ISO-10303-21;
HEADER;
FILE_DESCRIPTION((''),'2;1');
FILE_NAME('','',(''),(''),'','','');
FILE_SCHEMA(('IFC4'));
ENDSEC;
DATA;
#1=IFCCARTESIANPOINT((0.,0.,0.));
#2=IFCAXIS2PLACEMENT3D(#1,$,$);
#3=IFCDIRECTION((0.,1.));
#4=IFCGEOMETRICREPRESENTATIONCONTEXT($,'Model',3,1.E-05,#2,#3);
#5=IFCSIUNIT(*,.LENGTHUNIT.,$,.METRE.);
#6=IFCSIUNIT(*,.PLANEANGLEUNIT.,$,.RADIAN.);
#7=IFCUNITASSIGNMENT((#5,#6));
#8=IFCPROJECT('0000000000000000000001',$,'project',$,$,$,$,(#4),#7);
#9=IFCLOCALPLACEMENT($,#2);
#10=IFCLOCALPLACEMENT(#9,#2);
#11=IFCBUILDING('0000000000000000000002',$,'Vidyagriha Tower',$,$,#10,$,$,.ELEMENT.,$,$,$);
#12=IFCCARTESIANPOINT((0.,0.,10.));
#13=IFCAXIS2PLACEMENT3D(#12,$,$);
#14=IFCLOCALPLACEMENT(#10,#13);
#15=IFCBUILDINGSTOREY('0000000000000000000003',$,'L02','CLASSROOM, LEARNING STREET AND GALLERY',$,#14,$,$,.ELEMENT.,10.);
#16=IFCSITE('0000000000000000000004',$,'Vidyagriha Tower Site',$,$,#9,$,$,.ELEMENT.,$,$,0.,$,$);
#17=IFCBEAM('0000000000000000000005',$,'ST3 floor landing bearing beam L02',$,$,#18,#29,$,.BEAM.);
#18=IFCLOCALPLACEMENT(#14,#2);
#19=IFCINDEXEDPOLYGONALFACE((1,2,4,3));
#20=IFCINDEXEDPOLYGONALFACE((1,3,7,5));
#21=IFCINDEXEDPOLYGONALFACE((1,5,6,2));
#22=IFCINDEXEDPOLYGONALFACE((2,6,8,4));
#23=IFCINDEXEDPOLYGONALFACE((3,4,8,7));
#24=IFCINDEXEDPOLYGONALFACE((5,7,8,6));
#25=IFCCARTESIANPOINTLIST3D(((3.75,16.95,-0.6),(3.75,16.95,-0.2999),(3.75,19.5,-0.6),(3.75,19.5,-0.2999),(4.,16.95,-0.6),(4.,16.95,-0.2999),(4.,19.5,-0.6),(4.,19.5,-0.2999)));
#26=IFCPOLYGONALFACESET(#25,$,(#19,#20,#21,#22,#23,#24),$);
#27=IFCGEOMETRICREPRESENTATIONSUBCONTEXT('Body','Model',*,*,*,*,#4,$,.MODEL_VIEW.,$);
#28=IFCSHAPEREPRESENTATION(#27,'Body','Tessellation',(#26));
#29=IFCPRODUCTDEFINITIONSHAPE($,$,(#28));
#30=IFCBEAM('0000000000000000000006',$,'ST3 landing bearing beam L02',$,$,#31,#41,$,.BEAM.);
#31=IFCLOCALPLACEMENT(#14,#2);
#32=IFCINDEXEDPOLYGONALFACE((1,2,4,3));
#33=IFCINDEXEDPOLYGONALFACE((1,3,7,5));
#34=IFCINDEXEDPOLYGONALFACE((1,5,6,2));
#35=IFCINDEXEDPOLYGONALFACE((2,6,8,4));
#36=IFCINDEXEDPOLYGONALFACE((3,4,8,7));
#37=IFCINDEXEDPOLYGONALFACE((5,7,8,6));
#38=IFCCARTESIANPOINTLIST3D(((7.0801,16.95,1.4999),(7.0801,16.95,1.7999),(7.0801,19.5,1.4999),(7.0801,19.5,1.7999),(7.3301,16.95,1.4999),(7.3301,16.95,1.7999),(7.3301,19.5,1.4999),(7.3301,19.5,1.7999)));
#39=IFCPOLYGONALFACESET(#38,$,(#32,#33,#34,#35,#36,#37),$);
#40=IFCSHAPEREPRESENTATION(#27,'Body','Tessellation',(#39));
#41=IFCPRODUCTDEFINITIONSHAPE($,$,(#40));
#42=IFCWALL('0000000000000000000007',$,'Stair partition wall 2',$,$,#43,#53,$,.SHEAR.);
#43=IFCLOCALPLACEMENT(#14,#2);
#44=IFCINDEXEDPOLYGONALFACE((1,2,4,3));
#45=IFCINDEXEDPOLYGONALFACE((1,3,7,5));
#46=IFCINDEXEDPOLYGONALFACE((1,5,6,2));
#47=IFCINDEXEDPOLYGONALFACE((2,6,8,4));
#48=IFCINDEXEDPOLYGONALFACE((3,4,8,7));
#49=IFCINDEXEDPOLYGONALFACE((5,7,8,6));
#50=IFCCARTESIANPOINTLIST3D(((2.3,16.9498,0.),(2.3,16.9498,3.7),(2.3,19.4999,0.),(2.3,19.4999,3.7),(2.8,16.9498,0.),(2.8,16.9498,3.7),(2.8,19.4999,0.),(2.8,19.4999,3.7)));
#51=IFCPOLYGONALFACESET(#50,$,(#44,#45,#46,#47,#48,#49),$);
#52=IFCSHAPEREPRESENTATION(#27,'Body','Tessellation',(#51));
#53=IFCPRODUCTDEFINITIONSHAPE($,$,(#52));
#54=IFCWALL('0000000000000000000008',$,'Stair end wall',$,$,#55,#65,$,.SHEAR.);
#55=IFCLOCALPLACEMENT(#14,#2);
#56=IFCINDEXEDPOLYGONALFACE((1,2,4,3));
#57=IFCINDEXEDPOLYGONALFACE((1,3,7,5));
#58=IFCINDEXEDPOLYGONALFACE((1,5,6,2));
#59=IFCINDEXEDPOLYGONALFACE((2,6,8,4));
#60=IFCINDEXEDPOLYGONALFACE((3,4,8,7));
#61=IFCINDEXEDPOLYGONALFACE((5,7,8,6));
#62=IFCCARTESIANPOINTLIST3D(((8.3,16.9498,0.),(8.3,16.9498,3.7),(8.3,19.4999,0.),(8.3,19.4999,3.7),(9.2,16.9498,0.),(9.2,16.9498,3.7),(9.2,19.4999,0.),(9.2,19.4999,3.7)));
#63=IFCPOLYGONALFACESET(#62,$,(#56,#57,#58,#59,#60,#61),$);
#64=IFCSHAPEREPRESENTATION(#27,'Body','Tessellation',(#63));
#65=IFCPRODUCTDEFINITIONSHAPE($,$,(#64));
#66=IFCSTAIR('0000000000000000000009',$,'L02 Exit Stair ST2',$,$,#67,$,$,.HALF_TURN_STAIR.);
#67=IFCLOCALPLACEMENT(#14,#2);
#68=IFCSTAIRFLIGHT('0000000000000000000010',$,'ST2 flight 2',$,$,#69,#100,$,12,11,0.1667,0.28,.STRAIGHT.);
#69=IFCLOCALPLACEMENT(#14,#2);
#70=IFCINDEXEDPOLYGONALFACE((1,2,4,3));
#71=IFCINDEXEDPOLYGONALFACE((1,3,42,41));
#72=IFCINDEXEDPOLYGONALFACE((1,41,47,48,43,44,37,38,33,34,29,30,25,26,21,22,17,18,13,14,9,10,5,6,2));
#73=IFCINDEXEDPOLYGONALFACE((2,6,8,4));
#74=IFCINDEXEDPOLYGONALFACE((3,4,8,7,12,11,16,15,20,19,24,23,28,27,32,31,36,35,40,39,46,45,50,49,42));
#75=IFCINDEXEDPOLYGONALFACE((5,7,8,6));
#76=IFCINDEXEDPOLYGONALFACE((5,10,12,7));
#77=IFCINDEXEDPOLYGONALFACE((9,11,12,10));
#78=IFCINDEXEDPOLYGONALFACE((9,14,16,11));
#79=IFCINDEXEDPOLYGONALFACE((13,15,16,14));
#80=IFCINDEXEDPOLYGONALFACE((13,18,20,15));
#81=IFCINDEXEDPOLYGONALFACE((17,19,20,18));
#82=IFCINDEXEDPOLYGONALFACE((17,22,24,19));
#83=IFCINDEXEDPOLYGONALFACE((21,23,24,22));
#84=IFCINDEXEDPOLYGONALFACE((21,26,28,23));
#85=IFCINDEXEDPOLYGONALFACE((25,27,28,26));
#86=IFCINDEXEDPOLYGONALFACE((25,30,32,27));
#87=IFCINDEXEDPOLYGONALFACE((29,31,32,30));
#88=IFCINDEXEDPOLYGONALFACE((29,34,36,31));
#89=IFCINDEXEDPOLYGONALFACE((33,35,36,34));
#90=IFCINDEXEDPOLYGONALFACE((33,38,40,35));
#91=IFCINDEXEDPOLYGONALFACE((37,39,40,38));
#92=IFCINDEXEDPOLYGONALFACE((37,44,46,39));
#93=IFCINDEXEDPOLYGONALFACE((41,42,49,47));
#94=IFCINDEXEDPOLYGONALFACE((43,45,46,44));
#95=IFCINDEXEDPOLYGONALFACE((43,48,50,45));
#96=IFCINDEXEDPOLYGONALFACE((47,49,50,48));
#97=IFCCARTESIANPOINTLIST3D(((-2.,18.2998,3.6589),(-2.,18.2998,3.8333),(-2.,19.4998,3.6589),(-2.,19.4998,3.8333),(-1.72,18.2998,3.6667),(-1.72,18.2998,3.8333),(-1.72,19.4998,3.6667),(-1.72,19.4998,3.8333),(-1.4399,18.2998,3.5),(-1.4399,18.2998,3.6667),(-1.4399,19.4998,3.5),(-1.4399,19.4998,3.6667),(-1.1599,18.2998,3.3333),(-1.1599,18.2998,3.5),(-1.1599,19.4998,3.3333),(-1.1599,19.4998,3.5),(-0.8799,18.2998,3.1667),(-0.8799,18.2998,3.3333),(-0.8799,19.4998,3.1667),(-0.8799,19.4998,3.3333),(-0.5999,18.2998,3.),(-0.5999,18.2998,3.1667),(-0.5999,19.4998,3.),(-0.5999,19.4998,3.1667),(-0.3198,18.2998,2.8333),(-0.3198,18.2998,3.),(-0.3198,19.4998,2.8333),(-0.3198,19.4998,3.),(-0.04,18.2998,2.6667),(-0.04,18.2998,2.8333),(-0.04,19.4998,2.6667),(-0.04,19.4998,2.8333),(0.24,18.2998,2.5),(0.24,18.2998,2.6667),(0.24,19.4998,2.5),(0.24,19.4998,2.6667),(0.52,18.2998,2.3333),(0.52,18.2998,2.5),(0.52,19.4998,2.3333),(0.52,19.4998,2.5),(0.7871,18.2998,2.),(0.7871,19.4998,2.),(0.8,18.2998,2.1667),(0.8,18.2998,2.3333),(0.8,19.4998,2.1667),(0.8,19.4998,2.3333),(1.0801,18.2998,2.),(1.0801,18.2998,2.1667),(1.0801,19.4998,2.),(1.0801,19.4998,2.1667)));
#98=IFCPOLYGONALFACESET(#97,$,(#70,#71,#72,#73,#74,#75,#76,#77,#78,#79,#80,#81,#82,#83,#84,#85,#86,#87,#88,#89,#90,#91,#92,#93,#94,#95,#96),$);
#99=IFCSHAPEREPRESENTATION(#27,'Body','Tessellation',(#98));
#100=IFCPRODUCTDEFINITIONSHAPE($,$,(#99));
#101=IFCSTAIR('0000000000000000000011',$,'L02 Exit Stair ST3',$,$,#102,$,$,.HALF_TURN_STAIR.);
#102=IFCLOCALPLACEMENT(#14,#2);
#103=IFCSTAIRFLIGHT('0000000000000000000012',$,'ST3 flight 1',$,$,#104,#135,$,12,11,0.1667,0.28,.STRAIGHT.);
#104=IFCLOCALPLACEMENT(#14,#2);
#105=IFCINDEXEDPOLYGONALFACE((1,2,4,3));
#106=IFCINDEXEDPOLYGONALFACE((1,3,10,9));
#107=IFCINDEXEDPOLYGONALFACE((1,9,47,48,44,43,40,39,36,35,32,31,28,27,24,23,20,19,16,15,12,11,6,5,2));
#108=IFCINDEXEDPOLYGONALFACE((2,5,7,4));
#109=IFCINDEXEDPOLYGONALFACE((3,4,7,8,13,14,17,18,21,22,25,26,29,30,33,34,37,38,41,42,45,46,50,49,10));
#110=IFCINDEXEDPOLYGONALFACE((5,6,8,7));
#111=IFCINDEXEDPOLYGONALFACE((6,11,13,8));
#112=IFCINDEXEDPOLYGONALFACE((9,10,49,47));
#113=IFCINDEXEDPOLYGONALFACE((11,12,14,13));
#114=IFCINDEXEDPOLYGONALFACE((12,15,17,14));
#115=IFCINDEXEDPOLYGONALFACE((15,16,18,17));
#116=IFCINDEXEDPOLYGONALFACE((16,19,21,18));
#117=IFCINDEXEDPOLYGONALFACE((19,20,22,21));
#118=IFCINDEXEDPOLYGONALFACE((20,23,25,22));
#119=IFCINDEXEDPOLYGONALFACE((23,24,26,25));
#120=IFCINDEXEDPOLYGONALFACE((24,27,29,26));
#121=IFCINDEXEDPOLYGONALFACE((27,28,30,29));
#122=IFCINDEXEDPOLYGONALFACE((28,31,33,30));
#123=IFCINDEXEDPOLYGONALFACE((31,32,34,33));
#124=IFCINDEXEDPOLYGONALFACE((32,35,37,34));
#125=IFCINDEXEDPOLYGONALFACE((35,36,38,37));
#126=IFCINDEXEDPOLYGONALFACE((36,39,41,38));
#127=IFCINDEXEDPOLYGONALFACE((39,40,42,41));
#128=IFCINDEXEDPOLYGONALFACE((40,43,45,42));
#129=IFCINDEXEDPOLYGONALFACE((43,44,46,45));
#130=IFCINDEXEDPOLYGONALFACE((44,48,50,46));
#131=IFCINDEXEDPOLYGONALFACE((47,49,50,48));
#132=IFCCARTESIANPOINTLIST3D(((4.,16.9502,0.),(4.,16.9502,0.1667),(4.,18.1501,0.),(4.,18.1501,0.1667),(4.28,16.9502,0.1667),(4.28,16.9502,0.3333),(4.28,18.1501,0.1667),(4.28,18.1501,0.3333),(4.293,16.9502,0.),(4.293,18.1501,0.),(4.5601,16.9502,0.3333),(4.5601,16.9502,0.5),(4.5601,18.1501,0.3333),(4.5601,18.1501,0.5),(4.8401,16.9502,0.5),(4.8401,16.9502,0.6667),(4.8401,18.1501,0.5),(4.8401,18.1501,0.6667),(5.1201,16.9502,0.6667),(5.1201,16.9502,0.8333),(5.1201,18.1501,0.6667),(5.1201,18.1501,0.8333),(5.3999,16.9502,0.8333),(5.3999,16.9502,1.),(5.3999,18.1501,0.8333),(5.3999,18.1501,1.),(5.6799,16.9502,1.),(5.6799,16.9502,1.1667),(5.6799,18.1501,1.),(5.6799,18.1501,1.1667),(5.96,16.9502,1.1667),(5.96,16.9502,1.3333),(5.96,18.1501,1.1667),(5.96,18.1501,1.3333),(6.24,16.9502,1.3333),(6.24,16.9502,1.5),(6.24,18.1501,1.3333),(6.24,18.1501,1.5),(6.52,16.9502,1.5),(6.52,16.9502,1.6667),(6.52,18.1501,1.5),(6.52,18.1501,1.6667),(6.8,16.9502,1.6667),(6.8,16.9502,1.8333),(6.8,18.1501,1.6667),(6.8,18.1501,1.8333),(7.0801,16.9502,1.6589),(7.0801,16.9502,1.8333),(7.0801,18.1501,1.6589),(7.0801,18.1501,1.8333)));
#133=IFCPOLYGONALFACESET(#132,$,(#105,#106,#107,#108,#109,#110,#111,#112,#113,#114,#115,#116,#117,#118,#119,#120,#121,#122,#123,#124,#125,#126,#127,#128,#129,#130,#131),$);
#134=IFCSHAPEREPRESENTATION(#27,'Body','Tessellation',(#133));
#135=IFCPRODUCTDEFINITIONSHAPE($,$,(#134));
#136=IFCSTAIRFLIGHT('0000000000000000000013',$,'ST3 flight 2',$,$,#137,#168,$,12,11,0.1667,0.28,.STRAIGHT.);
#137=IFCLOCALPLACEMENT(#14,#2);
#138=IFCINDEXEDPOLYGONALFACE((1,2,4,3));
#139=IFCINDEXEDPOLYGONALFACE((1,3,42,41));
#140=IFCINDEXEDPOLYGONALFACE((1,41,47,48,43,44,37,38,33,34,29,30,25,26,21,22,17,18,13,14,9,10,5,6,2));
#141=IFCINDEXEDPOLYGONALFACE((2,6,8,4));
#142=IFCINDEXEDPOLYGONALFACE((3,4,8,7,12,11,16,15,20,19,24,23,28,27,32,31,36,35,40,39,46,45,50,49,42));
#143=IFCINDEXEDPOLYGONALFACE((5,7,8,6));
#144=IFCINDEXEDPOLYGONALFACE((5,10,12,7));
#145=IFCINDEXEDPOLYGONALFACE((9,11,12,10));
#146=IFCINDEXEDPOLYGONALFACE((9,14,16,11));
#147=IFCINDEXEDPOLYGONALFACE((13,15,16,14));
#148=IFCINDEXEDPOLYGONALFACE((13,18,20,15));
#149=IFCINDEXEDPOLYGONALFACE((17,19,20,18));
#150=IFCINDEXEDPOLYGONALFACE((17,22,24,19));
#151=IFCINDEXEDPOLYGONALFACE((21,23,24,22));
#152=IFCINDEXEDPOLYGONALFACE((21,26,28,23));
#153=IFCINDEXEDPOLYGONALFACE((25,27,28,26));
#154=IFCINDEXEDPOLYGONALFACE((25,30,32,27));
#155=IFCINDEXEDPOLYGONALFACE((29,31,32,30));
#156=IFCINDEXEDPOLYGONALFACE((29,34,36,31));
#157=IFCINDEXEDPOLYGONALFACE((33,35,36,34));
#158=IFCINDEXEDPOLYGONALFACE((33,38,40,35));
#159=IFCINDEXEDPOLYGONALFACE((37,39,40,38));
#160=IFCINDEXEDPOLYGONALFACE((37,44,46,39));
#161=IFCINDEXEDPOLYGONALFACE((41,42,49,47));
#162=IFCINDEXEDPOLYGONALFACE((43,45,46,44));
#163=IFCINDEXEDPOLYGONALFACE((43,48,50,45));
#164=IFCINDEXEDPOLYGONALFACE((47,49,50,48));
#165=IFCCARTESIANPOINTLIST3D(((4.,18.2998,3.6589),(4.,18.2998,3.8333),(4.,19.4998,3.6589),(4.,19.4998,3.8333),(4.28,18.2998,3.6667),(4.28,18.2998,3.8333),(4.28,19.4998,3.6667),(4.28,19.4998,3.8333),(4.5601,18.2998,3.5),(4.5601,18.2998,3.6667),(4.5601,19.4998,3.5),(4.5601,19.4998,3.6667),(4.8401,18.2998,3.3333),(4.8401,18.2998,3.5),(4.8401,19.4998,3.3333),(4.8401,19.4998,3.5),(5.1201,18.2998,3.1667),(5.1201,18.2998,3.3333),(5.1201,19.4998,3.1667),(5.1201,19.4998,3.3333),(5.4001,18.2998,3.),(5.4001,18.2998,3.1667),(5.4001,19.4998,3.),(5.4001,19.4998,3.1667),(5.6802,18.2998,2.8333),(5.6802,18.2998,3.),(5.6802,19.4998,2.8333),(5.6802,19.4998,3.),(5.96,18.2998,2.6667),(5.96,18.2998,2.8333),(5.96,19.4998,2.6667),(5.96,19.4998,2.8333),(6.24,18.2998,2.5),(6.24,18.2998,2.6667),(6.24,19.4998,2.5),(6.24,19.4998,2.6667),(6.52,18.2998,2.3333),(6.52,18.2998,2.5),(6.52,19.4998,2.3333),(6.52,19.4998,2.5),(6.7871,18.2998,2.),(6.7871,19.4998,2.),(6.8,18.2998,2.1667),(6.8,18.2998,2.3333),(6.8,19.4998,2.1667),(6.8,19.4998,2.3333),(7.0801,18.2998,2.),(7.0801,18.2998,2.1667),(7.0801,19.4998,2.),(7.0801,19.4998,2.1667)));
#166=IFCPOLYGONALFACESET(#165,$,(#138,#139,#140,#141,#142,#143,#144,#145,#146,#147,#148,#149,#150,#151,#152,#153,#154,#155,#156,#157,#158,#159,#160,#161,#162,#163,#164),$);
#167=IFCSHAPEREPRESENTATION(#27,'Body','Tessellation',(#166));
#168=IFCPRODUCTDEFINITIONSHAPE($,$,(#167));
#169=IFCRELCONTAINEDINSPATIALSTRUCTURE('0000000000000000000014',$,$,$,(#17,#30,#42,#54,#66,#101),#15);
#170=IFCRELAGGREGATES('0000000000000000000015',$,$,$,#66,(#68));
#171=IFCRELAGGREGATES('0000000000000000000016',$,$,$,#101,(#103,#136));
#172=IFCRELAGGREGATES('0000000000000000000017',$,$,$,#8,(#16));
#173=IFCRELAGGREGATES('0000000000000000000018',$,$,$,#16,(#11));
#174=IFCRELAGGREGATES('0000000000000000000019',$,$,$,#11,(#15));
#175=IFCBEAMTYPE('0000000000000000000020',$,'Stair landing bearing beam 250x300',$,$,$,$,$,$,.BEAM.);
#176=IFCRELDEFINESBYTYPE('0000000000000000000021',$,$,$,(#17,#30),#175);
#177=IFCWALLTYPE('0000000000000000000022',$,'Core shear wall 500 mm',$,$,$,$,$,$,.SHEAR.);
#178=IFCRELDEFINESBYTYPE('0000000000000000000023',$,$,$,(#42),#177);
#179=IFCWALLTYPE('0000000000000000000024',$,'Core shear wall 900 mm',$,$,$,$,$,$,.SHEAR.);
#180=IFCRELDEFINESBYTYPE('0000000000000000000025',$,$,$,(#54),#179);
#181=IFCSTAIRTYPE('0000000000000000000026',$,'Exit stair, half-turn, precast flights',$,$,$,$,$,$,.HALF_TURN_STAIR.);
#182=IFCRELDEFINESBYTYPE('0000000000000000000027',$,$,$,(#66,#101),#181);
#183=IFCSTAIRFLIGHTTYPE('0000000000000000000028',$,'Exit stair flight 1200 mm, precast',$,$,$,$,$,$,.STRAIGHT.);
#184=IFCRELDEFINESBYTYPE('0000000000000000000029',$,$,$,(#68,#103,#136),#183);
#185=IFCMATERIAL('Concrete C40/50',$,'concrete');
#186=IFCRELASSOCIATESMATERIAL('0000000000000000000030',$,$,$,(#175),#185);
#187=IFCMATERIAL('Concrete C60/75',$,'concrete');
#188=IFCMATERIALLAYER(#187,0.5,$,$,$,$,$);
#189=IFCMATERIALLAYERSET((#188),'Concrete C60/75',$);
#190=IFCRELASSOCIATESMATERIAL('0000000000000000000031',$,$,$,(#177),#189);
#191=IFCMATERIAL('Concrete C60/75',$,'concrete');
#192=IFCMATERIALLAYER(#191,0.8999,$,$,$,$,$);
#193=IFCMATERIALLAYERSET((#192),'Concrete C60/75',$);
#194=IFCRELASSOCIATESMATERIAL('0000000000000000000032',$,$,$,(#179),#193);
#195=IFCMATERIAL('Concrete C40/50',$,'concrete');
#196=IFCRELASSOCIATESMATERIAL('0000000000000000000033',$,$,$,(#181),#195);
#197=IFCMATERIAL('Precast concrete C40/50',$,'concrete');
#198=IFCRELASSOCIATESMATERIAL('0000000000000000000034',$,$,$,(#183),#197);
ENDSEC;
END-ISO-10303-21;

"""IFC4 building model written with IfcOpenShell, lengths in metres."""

from ifc_helpers import new_model, si_unit, direction, frame, frame_2d, origin, origin_2d, place, context, subcontext, project, spatial, polyline, rectangle, outline, extrude, material, layer, layer_set, material_profile, profile_set, type_object, element, aggregate, save


model = new_model("IFC4")

# Units and contexts
model_context = context("Model", 3, precision=1e-05, world=origin(), true_north=direction((0.0, 1.0)))
body_context = subcontext(model_context, "Body", "Model", "MODEL_VIEW")
ifc_project = project(units=[si_unit("LENGTHUNIT", "METRE"), si_unit("PLANEANGLEUNIT", "RADIAN")], contexts=[model_context])

# Site, building, storey
site_placement = place(None, origin())
site = spatial("IfcSite", under=ifc_project, at=site_placement, Name="Vidyagriha Tower Site", CompositionType="ELEMENT", RefElevation=0.0)
building_placement = place(site_placement, origin())
building = spatial("IfcBuilding", under=site, at=building_placement, Name="Vidyagriha Tower", CompositionType="ELEMENT")
storey_placement = place(building_placement, frame((0.0, 0.0, 10.0)))
storey = spatial("IfcBuildingStorey", under=building, at=storey_placement, Name="L02", Description="CLASSROOM, LEARNING STREET AND GALLERY", CompositionType="ELEMENT", Elevation=10.0)

# Beams
ifc_material_1 = material(Name="Concrete C40/50", Category="concrete")
ifc_material_profile = material_profile(ifc_material_1, rectangle(XDim=0.25, YDim=0.3, at=origin_2d()), Name="Stair landing bearing beam 250x300")
ifc_profile_set = profile_set([ifc_material_profile], Name="Concrete C40/50")
beam_type = type_object("IfcBeamType", Name="Stair landing bearing beam 250x300", PredefinedType="BEAM", material=ifc_profile_set)
for number, where, z_axis, x_axis, name in (
    (1, (3.875, 16.95, -0.45), (0.0, 1.0, 0.0), (-1.0, 0.0, 0.0), "ST3 floor landing bearing beam L02"),
    (2, (7.2051, 16.95, 1.6499), (0.0, 1.0, 0.0), (-1.0, 0.0, 0.0), "ST3 landing bearing beam L02"),
):
    element("IfcBeam", number, at=place(storey_placement, frame(where, z_axis=z_axis, x_axis=x_axis)), inside=storey, type_object=beam_type, Name=name, PredefinedType="BEAM", context=body_context, shape_type="SweptSolid", body=[
        extrude(rectangle(XDim=0.25, YDim=0.3, at=origin_2d()), origin(), (0.0, 0.0, 1.0), 2.55),
    ])

# Walls
ifc_material_2 = material(Name="Concrete C60/75", Category="concrete")
ifc_layer_1 = layer(ifc_material_2, 0.5)
ifc_layer_set_1 = layer_set([ifc_layer_1], Name="Concrete C60/75")
wall_type_1 = type_object("IfcWallType", Name="Core shear wall 500 mm", PredefinedType="SHEAR", material=ifc_layer_set_1)
wall_1_placement = place(storey_placement, frame((2.55, 16.95, 0.0), z_axis=(0.0, 0.0, 1.0), x_axis=(0.0, 1.0, 0.0)))
element("IfcWall", 3, at=wall_1_placement, inside=storey, type_object=wall_type_1, Name="Stair partition wall 2", PredefinedType="SHEAR", context=body_context, shape_type="SweptSolid", body=[
    extrude(rectangle(XDim=2.55, YDim=0.5, at=frame_2d((1.2749, 0.0))), origin(), (0.0, 0.0, 1.0), 3.7),
])
ifc_material_3 = material(Name="Concrete C60/75", Category="concrete")
ifc_layer_2 = layer(ifc_material_3, 0.8999)
ifc_layer_set_2 = layer_set([ifc_layer_2], Name="Concrete C60/75")
wall_type_2 = type_object("IfcWallType", Name="Core shear wall 900 mm", PredefinedType="SHEAR", material=ifc_layer_set_2)
wall_2_placement = place(storey_placement, frame((8.75, 16.95, 0.0), z_axis=(0.0, 0.0, 1.0), x_axis=(0.0, 1.0, 0.0)))
element("IfcWall", 4, at=wall_2_placement, inside=storey, type_object=wall_type_2, Name="Stair end wall", PredefinedType="SHEAR", context=body_context, shape_type="SweptSolid", body=[
    extrude(rectangle(XDim=2.55, YDim=0.8999, at=frame_2d((1.2749, 0.0))), origin(), (0.0, 0.0, 1.0), 3.7),
])

# Stair, stair flight
ifc_material_4 = material(Name="Concrete C40/50", Category="concrete")
stair_type = type_object("IfcStairType", Name="Exit stair, half-turn, precast flights", PredefinedType="HALF_TURN_STAIR", material=ifc_material_4)
stair_1_placement = place(storey_placement, origin())
stair_1 = element("IfcStair", 5, at=stair_1_placement, inside=storey, type_object=stair_type, Name="L02 Exit Stair ST2", PredefinedType="HALF_TURN_STAIR")
ifc_material_5 = material(Name="Precast concrete C40/50", Category="concrete")
stair_flight_type = type_object("IfcStairFlightType", Name="Exit stair flight 1200 mm, precast", PredefinedType="STRAIGHT", material=ifc_material_5)
stair_flight_1_placement = place(storey_placement, frame((1.0801, 18.8999, 2.0), z_axis=(0.0, 0.0, 1.0), x_axis=(-1.0, 0.0, 0.0)))
stair_flight_1 = element("IfcStairFlight", 6, at=stair_flight_1_placement, type_object=stair_flight_type, Name="ST2 flight 2", NumberOfRisers=12, NumberOfTreads=11, PredefinedType="STRAIGHT", RiserHeight=0.1667, TreadLength=0.28, context=body_context, shape_type="SweptSolid", body=[
    extrude(outline(polyline([(0.0, 0.0), (0.0, 0.1667), (0.28, 0.1667), (0.28, 0.3333), (0.5601, 0.3333), (0.5601, 0.5), (0.8401, 0.5), (0.8401, 0.6667), (1.1201, 0.6667), (1.1201, 0.8333), (1.3999, 0.8333), (1.3999, 1.0), (1.6799, 1.0), (1.6799, 1.1667), (1.96, 1.1667), (1.96, 1.3333), (2.24, 1.3333), (2.24, 1.5), (2.52, 1.5), (2.52, 1.6667), (2.8, 1.6667), (2.8, 1.8333), (3.0801, 1.8333), (3.0801, 2.0), (3.0801, 1.6589), (0.293, 0.0), (0.0, 0.0)])), frame((0.0, 0.6001, 0.0), z_axis=(0.0, -1.0, 0.0), x_axis=(1.0, 0.0, 0.0)), (0.0, 0.0, 1.0), 1.2),
])
aggregate(stair_1, [stair_flight_1])

# Stair, stair flights
stair_2_placement = place(storey_placement, origin())
stair_2 = element("IfcStair", 7, at=stair_2_placement, inside=storey, type_object=stair_type, Name="L02 Exit Stair ST3", PredefinedType="HALF_TURN_STAIR")
stair_flight_2_placement = place(storey_placement, frame((4.0, 17.55, 0.0)))
stair_flight_2 = element("IfcStairFlight", 8, at=stair_flight_2_placement, type_object=stair_flight_type, Name="ST3 flight 1", NumberOfRisers=12, NumberOfTreads=11, PredefinedType="STRAIGHT", RiserHeight=0.1667, TreadLength=0.28, context=body_context, shape_type="SweptSolid", body=[
    extrude(outline(polyline([(0.0, 0.0), (0.0, 0.1667), (0.28, 0.1667), (0.28, 0.3333), (0.5601, 0.3333), (0.5601, 0.5), (0.8401, 0.5), (0.8401, 0.6667), (1.1201, 0.6667), (1.1201, 0.8333), (1.3999, 0.8333), (1.3999, 1.0), (1.6799, 1.0), (1.6799, 1.1667), (1.96, 1.1667), (1.96, 1.3333), (2.24, 1.3333), (2.24, 1.5), (2.52, 1.5), (2.52, 1.6667), (2.8, 1.6667), (2.8, 1.8333), (3.0801, 1.8333), (3.0801, 2.0), (3.0801, 1.6589), (0.293, 0.0), (0.0, 0.0)])), frame((0.0, 0.6001, 0.0), z_axis=(0.0, -1.0, 0.0), x_axis=(1.0, 0.0, 0.0)), (0.0, 0.0, 1.0), 1.2),
])
stair_flight_3_placement = place(storey_placement, frame((7.0801, 18.8999, 2.0), z_axis=(0.0, 0.0, 1.0), x_axis=(-1.0, 0.0, 0.0)))
stair_flight_3 = element("IfcStairFlight", 9, at=stair_flight_3_placement, type_object=stair_flight_type, Name="ST3 flight 2", NumberOfRisers=12, NumberOfTreads=11, PredefinedType="STRAIGHT", RiserHeight=0.1667, TreadLength=0.28, context=body_context, shape_type="SweptSolid", body=[
    extrude(outline(polyline([(0.0, 0.0), (0.0, 0.1667), (0.28, 0.1667), (0.28, 0.3333), (0.5601, 0.3333), (0.5601, 0.5), (0.8401, 0.5), (0.8401, 0.6667), (1.1201, 0.6667), (1.1201, 0.8333), (1.3999, 0.8333), (1.3999, 1.0), (1.6799, 1.0), (1.6799, 1.1667), (1.96, 1.1667), (1.96, 1.3333), (2.24, 1.3333), (2.24, 1.5), (2.52, 1.5), (2.52, 1.6667), (2.8, 1.6667), (2.8, 1.8333), (3.0801, 1.8333), (3.0801, 2.0), (3.0801, 1.6589), (0.293, 0.0), (0.0, 0.0)])), frame((0.0, 0.6001, 0.0), z_axis=(0.0, -1.0, 0.0), x_axis=(1.0, 0.0, 0.0)), (0.0, 0.0, 1.0), 1.2),
])
aggregate(stair_2, [stair_flight_2, stair_flight_3])

save(model, "model.ifc")
